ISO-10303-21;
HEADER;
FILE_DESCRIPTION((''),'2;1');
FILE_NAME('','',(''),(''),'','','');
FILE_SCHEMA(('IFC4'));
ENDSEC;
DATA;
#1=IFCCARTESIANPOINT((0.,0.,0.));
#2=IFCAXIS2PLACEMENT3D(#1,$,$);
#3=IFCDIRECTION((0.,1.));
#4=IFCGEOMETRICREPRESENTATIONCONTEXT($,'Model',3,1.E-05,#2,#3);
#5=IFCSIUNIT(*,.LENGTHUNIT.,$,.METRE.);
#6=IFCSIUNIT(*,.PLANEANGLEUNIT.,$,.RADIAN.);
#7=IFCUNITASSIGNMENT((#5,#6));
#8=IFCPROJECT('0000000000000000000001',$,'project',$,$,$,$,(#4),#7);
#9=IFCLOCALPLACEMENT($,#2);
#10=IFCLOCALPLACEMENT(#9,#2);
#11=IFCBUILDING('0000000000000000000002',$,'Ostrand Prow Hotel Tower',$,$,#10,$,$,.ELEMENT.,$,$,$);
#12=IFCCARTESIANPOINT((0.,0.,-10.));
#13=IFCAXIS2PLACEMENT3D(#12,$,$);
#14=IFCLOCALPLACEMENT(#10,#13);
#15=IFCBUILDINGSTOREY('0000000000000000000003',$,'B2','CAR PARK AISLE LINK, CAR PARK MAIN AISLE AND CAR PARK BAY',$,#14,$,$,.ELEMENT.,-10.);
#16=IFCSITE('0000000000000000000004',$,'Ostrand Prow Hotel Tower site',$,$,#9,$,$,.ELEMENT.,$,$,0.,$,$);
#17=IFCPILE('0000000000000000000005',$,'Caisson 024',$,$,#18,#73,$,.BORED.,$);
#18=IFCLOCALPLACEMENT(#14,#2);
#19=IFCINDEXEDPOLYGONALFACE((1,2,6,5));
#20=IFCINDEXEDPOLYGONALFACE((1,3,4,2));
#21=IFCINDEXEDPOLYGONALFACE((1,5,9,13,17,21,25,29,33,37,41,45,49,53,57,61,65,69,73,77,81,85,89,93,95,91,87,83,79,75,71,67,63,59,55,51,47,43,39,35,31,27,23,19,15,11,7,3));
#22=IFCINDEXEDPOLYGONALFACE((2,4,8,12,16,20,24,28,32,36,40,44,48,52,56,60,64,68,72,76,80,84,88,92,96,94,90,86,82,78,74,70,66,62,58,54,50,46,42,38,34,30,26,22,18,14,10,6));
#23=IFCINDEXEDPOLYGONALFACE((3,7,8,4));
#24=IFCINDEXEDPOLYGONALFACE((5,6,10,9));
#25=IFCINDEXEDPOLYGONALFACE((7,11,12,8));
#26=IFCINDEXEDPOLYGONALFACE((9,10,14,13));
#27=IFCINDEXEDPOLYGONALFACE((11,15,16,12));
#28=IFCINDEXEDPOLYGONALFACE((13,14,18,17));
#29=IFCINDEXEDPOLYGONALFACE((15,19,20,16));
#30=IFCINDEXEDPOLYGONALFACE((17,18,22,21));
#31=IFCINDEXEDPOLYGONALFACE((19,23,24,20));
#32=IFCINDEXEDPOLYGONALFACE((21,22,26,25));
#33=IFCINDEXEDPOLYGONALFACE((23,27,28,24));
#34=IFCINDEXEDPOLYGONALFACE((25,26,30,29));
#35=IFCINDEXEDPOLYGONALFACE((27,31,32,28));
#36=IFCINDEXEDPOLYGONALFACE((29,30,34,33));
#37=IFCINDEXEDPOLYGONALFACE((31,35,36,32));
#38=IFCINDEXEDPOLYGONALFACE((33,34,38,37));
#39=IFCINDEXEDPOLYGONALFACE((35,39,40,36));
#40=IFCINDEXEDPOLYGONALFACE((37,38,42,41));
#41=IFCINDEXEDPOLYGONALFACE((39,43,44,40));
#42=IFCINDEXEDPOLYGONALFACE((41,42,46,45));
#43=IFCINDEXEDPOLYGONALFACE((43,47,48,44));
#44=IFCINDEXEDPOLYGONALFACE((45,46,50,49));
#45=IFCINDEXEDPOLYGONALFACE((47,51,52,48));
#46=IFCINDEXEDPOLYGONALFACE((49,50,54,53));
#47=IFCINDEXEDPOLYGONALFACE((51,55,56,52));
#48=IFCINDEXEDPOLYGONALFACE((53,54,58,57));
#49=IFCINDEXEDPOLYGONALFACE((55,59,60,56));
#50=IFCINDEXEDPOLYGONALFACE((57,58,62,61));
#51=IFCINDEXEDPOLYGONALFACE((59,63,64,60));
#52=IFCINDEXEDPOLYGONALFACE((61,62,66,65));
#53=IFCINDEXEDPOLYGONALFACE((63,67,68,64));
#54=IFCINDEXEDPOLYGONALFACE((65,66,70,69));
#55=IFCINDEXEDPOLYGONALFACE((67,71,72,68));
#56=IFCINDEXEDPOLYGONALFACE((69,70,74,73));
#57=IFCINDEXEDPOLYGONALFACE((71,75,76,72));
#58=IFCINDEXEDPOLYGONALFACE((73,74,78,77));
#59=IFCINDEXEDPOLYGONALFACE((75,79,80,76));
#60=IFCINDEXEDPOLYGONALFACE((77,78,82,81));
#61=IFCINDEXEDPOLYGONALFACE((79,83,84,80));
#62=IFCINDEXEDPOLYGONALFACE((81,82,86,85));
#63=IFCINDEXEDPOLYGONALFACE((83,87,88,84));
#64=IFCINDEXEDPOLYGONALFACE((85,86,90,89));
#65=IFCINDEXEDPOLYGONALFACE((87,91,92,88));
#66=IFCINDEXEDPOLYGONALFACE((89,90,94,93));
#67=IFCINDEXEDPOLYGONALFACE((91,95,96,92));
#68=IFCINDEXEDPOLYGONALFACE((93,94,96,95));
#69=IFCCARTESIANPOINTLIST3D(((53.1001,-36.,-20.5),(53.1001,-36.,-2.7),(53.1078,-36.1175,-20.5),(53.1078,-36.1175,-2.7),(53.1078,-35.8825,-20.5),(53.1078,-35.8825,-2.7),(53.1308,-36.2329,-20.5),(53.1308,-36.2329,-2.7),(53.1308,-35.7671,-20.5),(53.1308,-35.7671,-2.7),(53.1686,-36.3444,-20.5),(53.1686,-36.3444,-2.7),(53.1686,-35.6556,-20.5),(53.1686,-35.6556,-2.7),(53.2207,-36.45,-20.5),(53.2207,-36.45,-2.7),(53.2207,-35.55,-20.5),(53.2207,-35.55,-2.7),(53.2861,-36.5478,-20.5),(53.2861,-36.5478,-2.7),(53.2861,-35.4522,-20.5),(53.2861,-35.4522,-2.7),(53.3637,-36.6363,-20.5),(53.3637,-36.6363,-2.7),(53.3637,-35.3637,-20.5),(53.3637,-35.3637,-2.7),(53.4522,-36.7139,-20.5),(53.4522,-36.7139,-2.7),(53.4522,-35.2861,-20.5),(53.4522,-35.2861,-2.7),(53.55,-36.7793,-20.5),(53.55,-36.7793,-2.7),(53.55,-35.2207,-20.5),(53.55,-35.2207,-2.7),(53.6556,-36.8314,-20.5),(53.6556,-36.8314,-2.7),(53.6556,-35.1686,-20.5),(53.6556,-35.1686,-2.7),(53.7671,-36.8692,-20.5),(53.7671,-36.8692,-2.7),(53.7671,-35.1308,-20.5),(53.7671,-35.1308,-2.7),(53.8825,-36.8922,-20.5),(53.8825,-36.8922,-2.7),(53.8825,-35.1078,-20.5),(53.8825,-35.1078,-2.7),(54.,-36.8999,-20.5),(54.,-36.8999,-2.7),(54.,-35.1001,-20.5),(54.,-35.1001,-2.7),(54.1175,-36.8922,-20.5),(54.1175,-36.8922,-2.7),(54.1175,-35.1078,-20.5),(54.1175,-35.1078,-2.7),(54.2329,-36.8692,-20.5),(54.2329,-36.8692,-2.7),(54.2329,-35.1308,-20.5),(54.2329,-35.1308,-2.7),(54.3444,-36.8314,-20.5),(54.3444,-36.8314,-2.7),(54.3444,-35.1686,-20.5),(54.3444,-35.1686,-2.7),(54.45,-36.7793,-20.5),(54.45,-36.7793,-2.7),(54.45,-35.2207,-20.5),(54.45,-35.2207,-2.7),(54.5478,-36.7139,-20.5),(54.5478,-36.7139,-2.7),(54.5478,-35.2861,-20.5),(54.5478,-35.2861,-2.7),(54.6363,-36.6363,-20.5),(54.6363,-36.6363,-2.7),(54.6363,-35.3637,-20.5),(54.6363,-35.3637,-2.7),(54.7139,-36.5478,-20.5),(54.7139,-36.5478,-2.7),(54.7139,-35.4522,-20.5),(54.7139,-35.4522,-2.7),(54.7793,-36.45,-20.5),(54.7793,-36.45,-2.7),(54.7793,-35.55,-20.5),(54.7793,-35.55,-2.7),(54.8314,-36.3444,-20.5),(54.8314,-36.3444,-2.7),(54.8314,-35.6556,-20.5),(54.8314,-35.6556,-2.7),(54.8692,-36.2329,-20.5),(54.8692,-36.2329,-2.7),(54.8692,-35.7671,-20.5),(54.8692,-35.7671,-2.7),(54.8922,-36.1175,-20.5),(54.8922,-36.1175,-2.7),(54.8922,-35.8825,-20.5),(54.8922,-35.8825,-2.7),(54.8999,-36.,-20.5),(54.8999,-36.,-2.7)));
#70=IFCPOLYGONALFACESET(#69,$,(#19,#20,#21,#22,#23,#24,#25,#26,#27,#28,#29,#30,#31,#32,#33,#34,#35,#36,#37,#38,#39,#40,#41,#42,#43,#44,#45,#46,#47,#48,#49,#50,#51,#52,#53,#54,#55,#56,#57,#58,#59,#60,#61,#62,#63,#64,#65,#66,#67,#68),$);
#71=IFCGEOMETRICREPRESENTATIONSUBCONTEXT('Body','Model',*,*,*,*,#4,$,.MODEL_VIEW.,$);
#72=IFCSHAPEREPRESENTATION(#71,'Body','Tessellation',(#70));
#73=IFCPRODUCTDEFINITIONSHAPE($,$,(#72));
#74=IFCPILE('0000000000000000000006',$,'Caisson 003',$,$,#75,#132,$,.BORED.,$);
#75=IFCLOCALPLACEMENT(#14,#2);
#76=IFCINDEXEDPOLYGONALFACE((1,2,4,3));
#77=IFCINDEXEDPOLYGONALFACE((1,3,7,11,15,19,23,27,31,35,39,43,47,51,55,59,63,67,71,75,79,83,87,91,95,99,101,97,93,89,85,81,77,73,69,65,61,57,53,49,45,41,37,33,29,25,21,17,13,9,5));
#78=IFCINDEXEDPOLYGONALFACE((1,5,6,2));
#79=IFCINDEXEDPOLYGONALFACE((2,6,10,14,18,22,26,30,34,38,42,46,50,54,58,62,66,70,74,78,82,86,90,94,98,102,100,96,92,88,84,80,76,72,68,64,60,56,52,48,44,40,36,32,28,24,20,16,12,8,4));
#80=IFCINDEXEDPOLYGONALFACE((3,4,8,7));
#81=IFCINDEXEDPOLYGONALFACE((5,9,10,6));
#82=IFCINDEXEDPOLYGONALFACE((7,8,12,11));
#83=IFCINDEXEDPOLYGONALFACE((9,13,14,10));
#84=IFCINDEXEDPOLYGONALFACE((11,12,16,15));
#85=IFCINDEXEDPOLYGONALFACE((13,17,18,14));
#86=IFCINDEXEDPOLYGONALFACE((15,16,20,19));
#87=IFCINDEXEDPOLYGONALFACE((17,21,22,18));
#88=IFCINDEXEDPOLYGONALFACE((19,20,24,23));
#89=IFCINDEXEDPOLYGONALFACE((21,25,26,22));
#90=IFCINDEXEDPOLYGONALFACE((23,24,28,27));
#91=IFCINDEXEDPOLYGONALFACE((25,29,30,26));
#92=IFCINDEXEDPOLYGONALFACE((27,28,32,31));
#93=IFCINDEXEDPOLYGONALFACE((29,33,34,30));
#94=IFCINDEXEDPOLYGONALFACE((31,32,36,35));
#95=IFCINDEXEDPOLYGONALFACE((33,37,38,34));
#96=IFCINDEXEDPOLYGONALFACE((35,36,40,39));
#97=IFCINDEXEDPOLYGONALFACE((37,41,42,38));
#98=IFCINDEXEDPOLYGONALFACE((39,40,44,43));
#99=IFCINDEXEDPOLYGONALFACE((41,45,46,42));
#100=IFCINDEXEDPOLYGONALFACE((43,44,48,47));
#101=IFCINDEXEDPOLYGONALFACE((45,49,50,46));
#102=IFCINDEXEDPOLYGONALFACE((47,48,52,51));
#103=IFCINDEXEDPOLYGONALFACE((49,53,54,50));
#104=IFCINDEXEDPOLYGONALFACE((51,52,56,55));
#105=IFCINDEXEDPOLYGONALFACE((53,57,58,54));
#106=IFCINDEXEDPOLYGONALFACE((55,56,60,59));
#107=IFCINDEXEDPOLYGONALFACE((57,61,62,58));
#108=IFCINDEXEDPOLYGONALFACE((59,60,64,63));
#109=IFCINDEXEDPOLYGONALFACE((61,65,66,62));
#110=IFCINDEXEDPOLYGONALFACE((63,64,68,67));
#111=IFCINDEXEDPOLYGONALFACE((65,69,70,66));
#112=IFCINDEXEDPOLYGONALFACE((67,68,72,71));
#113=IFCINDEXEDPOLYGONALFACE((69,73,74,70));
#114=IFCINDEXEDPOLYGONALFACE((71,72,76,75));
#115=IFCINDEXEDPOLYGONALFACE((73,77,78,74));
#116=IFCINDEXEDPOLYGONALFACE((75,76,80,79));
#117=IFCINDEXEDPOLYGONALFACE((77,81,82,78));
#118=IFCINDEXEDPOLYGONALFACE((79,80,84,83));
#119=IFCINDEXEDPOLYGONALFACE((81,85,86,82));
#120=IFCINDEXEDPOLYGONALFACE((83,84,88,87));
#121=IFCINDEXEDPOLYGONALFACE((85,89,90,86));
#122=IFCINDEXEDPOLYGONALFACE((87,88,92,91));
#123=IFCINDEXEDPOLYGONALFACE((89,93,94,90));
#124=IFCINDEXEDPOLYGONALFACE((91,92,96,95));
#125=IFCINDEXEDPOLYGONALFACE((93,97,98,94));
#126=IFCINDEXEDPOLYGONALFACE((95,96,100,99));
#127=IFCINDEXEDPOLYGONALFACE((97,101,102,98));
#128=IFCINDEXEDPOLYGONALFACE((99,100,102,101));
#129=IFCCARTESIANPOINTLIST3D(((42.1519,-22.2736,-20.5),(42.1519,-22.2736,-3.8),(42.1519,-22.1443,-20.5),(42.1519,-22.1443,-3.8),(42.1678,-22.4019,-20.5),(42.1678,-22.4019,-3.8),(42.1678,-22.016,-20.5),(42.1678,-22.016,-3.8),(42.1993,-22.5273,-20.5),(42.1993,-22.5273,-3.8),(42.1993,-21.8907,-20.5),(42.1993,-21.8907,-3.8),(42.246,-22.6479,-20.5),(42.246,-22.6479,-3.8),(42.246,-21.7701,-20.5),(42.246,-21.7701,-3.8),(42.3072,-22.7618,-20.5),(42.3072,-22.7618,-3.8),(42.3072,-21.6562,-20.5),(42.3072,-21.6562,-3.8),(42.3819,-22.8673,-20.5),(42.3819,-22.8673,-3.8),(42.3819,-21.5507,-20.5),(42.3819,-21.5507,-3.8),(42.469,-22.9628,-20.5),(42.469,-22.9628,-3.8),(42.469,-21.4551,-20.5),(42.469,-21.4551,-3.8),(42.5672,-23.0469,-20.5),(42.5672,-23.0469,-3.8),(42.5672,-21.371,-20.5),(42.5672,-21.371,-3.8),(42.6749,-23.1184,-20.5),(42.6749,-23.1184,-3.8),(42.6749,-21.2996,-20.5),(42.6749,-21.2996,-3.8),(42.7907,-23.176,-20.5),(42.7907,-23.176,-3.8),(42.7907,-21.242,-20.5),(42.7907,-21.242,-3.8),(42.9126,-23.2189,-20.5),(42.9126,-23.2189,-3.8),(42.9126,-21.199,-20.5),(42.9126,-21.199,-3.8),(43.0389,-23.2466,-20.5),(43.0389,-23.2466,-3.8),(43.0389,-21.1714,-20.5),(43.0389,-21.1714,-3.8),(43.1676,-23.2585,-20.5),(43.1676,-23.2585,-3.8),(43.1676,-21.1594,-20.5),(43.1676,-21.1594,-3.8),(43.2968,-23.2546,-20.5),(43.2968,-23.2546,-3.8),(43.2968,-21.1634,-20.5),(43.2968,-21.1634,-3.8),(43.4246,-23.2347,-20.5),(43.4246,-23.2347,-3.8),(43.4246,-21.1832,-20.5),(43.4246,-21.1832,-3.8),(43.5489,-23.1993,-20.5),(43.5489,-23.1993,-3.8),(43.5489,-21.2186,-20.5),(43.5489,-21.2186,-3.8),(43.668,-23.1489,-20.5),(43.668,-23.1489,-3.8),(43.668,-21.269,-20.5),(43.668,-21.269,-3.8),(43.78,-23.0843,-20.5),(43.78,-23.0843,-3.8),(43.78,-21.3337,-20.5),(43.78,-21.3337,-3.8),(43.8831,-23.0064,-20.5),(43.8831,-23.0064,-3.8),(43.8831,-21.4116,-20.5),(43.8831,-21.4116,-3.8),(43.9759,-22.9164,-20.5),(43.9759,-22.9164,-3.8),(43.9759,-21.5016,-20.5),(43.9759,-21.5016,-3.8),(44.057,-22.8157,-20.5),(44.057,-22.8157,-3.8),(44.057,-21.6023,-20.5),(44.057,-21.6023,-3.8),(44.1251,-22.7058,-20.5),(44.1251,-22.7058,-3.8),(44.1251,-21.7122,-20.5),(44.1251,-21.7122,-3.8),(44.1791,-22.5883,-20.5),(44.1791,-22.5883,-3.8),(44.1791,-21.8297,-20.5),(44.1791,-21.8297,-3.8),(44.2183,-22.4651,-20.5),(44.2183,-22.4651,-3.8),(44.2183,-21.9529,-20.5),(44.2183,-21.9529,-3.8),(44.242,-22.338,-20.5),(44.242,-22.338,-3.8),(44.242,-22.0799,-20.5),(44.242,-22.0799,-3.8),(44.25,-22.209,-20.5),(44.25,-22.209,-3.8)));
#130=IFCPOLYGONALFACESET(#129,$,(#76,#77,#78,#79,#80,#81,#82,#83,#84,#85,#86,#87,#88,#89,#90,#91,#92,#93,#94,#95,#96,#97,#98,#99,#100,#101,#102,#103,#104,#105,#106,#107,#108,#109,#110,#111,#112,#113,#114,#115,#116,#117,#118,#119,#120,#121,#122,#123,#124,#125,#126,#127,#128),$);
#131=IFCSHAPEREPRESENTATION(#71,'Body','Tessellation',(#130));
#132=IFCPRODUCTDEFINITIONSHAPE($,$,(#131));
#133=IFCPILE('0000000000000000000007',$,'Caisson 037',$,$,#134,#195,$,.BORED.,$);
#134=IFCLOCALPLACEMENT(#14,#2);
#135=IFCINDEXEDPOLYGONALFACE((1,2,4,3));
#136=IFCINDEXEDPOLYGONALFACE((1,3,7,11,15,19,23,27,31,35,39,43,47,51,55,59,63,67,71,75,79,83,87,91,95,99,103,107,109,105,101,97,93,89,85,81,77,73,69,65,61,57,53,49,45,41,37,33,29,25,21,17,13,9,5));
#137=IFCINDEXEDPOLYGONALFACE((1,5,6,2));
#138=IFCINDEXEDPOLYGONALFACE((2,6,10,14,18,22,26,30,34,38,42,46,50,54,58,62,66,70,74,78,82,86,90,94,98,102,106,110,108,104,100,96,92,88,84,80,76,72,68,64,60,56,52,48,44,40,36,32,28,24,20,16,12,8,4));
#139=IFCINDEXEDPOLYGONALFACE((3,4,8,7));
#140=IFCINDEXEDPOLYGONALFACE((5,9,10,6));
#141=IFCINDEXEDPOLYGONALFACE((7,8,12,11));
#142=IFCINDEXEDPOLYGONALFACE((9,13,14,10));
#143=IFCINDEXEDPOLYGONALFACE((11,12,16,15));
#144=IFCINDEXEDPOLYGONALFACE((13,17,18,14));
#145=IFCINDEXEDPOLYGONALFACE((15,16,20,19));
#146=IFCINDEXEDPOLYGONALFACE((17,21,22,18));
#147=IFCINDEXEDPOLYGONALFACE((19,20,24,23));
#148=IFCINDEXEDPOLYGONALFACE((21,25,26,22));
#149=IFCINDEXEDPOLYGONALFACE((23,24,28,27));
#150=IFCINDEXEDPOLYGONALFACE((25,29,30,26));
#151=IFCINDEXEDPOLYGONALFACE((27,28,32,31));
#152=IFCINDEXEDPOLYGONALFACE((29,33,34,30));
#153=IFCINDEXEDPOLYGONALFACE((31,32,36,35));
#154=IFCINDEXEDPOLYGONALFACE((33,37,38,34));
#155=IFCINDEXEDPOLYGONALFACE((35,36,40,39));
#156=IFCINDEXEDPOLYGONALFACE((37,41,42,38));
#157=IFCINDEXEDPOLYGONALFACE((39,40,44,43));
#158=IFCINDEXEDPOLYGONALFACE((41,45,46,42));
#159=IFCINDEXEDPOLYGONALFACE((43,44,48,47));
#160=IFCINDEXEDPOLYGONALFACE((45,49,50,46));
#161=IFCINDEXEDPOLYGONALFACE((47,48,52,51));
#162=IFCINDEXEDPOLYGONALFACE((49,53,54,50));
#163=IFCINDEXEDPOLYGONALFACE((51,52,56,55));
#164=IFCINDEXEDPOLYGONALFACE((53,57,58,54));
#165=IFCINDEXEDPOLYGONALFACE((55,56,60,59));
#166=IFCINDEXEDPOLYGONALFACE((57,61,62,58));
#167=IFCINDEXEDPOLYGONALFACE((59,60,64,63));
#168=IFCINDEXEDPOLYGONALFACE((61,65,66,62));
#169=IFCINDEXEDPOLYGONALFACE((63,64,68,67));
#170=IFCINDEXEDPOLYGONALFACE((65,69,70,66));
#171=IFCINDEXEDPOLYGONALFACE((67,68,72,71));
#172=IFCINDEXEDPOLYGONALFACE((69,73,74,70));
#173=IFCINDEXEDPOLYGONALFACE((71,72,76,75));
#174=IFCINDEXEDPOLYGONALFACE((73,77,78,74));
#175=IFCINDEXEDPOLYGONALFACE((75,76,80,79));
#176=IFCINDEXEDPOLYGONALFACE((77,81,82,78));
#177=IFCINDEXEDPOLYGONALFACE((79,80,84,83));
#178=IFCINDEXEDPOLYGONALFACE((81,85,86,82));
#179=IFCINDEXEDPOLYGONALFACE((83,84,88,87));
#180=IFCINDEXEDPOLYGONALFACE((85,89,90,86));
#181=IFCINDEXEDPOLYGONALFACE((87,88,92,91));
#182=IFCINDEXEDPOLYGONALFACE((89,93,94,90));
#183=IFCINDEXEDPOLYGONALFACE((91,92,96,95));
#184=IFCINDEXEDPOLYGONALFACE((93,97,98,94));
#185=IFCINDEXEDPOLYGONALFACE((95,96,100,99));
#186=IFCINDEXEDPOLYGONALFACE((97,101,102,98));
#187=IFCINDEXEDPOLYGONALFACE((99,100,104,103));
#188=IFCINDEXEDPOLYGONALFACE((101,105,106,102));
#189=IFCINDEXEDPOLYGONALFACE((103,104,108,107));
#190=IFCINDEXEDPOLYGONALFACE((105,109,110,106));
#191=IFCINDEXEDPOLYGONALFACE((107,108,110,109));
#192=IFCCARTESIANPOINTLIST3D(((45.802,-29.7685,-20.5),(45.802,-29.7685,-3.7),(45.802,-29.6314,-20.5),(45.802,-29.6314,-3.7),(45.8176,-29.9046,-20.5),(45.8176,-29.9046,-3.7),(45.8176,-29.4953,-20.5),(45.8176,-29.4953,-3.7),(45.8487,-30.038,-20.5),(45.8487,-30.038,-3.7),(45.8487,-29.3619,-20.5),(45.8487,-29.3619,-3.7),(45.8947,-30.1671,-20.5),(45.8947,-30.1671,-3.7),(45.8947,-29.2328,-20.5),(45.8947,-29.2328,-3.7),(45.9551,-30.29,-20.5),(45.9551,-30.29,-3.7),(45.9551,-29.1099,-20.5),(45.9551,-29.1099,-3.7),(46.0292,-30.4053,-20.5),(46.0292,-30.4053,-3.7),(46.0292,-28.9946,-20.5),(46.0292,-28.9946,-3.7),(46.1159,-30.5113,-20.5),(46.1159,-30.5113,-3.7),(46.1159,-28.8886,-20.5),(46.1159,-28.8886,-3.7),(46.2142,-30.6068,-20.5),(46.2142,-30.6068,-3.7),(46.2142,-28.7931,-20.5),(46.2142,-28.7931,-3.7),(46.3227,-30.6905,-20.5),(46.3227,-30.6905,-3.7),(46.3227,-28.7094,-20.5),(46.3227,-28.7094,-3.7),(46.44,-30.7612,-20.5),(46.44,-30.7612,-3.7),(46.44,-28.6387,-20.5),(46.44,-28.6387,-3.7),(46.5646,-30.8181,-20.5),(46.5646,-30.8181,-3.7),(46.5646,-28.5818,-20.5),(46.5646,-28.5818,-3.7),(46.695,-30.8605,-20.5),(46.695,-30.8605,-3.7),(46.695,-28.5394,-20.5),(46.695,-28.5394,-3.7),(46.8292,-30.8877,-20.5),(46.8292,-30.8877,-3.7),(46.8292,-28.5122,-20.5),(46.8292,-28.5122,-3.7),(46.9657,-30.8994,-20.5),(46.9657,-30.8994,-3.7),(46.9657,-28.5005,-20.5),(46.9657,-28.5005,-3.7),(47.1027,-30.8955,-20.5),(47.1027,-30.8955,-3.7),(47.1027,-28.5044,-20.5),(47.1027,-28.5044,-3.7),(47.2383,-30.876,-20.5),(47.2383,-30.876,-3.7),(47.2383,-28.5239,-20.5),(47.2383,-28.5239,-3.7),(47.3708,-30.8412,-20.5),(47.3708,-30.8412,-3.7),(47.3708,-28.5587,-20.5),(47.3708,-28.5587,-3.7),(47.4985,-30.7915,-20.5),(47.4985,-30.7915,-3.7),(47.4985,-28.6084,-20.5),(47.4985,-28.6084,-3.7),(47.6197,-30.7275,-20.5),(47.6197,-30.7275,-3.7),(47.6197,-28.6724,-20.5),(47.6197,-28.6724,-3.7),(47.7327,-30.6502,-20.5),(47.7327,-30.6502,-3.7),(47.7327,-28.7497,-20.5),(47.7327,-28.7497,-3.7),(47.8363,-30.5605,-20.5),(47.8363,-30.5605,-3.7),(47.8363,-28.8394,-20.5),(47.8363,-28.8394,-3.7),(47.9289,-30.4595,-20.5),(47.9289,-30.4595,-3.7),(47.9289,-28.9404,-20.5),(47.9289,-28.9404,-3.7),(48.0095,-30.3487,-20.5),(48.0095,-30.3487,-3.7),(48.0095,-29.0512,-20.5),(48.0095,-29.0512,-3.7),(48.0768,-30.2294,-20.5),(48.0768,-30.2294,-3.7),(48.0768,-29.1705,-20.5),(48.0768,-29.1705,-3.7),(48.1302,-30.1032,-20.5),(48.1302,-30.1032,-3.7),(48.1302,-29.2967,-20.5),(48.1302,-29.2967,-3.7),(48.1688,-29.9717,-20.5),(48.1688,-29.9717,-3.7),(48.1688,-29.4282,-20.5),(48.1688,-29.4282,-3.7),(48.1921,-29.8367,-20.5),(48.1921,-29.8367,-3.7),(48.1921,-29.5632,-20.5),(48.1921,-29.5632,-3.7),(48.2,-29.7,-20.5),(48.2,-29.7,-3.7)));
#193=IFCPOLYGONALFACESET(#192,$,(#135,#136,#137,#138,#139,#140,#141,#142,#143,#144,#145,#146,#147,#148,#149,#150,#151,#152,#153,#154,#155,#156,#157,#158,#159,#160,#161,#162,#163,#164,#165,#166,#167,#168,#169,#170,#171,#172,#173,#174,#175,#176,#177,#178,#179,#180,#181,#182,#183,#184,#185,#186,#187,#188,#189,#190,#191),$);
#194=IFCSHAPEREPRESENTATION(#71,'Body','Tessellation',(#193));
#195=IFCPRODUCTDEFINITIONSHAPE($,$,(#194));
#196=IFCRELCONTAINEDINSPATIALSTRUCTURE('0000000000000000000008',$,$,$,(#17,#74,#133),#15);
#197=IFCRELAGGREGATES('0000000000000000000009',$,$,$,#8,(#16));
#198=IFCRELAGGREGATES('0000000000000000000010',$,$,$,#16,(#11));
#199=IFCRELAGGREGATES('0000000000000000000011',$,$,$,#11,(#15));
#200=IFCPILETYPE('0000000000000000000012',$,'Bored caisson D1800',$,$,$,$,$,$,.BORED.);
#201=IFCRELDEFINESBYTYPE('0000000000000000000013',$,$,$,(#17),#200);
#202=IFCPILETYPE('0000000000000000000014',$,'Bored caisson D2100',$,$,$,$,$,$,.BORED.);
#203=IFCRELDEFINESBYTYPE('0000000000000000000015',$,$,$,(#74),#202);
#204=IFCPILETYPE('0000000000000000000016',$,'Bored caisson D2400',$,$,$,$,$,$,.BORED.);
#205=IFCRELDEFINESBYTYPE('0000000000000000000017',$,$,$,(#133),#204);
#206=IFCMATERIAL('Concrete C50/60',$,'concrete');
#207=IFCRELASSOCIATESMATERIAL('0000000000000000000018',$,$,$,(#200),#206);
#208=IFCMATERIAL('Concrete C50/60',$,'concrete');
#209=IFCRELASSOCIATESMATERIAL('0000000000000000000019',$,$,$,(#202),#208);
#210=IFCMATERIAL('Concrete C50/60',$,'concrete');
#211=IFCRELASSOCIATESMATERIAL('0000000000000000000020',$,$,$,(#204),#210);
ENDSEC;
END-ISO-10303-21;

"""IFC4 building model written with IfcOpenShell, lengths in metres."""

from ifc_helpers import new_model, si_unit, direction, frame, origin, origin_2d, place, context, subcontext, project, spatial, circle, extrude, material, type_object, element, save


model = new_model("IFC4")

# Units and contexts
model_context = context("Model", 3, precision=1e-05, world=origin(), true_north=direction((0.0, 1.0)))
body_context = subcontext(model_context, "Body", "Model", "MODEL_VIEW")
ifc_project = project(units=[si_unit("LENGTHUNIT", "METRE"), si_unit("PLANEANGLEUNIT", "RADIAN")], contexts=[model_context])

# Site, building, storey
site_placement = place(None, origin())
site = spatial("IfcSite", under=ifc_project, at=site_placement, Name="Ostrand Prow Hotel Tower site", CompositionType="ELEMENT", RefElevation=0.0)
building_placement = place(site_placement, origin())
building = spatial("IfcBuilding", under=site, at=building_placement, Name="Ostrand Prow Hotel Tower", CompositionType="ELEMENT")
storey_placement = place(building_placement, frame((0.0, 0.0, -10.0)))
storey = spatial("IfcBuildingStorey", under=building, at=storey_placement, Name="B2", Description="CAR PARK AISLE LINK, CAR PARK MAIN AISLE AND CAR PARK BAY", CompositionType="ELEMENT", Elevation=-10.0)

# Piles
ifc_material_1 = material(Name="Concrete C50/60", Category="concrete")
pile_type_1 = type_object("IfcPileType", Name="Bored caisson D1800", PredefinedType="BORED", material=ifc_material_1)
pile_1_placement = place(storey_placement, frame((54.0, -36.0, -2.7), z_axis=(0.0, 0.0, -1.0), x_axis=(1.0, 0.0, 0.0)))
element("IfcPile", 1, at=pile_1_placement, inside=storey, type_object=pile_type_1, Name="Caisson 024", PredefinedType="BORED", context=body_context, shape_type="SweptSolid", body=[
    extrude(circle(Radius=0.8999, at=origin_2d()), origin(), (0.0, 0.0, 1.0), 17.8),
])
ifc_material_2 = material(Name="Concrete C50/60", Category="concrete")
pile_type_2 = type_object("IfcPileType", Name="Bored caisson D2100", PredefinedType="BORED", material=ifc_material_2)
pile_2_placement = place(storey_placement, frame((43.2, -22.209, -3.8), z_axis=(0.0, 0.0, -1.0), x_axis=(1.0, 0.0, 0.0)))
element("IfcPile", 2, at=pile_2_placement, inside=storey, type_object=pile_type_2, Name="Caisson 003", PredefinedType="BORED", context=body_context, shape_type="SweptSolid", body=[
    extrude(circle(Radius=1.05, at=origin_2d()), origin(), (0.0, 0.0, 1.0), 16.7),
])
ifc_material_3 = material(Name="Concrete C50/60", Category="concrete")
pile_type_3 = type_object("IfcPileType", Name="Bored caisson D2400", PredefinedType="BORED", material=ifc_material_3)
for number, where, z_axis, x_axis, name in (
    (3, (47.0, -29.7, -3.7), (0.0, 0.0, -1.0), (1.0, 0.0, 0.0), "Caisson 037"),
):
    element("IfcPile", number, at=place(storey_placement, frame(where, z_axis=z_axis, x_axis=x_axis)), inside=storey, type_object=pile_type_3, Name=name, PredefinedType="BORED", context=body_context, shape_type="SweptSolid", body=[
        extrude(circle(Radius=1.2, at=origin_2d()), origin(), (0.0, 0.0, 1.0), 16.8),
    ])

save(model, "model.ifc")
